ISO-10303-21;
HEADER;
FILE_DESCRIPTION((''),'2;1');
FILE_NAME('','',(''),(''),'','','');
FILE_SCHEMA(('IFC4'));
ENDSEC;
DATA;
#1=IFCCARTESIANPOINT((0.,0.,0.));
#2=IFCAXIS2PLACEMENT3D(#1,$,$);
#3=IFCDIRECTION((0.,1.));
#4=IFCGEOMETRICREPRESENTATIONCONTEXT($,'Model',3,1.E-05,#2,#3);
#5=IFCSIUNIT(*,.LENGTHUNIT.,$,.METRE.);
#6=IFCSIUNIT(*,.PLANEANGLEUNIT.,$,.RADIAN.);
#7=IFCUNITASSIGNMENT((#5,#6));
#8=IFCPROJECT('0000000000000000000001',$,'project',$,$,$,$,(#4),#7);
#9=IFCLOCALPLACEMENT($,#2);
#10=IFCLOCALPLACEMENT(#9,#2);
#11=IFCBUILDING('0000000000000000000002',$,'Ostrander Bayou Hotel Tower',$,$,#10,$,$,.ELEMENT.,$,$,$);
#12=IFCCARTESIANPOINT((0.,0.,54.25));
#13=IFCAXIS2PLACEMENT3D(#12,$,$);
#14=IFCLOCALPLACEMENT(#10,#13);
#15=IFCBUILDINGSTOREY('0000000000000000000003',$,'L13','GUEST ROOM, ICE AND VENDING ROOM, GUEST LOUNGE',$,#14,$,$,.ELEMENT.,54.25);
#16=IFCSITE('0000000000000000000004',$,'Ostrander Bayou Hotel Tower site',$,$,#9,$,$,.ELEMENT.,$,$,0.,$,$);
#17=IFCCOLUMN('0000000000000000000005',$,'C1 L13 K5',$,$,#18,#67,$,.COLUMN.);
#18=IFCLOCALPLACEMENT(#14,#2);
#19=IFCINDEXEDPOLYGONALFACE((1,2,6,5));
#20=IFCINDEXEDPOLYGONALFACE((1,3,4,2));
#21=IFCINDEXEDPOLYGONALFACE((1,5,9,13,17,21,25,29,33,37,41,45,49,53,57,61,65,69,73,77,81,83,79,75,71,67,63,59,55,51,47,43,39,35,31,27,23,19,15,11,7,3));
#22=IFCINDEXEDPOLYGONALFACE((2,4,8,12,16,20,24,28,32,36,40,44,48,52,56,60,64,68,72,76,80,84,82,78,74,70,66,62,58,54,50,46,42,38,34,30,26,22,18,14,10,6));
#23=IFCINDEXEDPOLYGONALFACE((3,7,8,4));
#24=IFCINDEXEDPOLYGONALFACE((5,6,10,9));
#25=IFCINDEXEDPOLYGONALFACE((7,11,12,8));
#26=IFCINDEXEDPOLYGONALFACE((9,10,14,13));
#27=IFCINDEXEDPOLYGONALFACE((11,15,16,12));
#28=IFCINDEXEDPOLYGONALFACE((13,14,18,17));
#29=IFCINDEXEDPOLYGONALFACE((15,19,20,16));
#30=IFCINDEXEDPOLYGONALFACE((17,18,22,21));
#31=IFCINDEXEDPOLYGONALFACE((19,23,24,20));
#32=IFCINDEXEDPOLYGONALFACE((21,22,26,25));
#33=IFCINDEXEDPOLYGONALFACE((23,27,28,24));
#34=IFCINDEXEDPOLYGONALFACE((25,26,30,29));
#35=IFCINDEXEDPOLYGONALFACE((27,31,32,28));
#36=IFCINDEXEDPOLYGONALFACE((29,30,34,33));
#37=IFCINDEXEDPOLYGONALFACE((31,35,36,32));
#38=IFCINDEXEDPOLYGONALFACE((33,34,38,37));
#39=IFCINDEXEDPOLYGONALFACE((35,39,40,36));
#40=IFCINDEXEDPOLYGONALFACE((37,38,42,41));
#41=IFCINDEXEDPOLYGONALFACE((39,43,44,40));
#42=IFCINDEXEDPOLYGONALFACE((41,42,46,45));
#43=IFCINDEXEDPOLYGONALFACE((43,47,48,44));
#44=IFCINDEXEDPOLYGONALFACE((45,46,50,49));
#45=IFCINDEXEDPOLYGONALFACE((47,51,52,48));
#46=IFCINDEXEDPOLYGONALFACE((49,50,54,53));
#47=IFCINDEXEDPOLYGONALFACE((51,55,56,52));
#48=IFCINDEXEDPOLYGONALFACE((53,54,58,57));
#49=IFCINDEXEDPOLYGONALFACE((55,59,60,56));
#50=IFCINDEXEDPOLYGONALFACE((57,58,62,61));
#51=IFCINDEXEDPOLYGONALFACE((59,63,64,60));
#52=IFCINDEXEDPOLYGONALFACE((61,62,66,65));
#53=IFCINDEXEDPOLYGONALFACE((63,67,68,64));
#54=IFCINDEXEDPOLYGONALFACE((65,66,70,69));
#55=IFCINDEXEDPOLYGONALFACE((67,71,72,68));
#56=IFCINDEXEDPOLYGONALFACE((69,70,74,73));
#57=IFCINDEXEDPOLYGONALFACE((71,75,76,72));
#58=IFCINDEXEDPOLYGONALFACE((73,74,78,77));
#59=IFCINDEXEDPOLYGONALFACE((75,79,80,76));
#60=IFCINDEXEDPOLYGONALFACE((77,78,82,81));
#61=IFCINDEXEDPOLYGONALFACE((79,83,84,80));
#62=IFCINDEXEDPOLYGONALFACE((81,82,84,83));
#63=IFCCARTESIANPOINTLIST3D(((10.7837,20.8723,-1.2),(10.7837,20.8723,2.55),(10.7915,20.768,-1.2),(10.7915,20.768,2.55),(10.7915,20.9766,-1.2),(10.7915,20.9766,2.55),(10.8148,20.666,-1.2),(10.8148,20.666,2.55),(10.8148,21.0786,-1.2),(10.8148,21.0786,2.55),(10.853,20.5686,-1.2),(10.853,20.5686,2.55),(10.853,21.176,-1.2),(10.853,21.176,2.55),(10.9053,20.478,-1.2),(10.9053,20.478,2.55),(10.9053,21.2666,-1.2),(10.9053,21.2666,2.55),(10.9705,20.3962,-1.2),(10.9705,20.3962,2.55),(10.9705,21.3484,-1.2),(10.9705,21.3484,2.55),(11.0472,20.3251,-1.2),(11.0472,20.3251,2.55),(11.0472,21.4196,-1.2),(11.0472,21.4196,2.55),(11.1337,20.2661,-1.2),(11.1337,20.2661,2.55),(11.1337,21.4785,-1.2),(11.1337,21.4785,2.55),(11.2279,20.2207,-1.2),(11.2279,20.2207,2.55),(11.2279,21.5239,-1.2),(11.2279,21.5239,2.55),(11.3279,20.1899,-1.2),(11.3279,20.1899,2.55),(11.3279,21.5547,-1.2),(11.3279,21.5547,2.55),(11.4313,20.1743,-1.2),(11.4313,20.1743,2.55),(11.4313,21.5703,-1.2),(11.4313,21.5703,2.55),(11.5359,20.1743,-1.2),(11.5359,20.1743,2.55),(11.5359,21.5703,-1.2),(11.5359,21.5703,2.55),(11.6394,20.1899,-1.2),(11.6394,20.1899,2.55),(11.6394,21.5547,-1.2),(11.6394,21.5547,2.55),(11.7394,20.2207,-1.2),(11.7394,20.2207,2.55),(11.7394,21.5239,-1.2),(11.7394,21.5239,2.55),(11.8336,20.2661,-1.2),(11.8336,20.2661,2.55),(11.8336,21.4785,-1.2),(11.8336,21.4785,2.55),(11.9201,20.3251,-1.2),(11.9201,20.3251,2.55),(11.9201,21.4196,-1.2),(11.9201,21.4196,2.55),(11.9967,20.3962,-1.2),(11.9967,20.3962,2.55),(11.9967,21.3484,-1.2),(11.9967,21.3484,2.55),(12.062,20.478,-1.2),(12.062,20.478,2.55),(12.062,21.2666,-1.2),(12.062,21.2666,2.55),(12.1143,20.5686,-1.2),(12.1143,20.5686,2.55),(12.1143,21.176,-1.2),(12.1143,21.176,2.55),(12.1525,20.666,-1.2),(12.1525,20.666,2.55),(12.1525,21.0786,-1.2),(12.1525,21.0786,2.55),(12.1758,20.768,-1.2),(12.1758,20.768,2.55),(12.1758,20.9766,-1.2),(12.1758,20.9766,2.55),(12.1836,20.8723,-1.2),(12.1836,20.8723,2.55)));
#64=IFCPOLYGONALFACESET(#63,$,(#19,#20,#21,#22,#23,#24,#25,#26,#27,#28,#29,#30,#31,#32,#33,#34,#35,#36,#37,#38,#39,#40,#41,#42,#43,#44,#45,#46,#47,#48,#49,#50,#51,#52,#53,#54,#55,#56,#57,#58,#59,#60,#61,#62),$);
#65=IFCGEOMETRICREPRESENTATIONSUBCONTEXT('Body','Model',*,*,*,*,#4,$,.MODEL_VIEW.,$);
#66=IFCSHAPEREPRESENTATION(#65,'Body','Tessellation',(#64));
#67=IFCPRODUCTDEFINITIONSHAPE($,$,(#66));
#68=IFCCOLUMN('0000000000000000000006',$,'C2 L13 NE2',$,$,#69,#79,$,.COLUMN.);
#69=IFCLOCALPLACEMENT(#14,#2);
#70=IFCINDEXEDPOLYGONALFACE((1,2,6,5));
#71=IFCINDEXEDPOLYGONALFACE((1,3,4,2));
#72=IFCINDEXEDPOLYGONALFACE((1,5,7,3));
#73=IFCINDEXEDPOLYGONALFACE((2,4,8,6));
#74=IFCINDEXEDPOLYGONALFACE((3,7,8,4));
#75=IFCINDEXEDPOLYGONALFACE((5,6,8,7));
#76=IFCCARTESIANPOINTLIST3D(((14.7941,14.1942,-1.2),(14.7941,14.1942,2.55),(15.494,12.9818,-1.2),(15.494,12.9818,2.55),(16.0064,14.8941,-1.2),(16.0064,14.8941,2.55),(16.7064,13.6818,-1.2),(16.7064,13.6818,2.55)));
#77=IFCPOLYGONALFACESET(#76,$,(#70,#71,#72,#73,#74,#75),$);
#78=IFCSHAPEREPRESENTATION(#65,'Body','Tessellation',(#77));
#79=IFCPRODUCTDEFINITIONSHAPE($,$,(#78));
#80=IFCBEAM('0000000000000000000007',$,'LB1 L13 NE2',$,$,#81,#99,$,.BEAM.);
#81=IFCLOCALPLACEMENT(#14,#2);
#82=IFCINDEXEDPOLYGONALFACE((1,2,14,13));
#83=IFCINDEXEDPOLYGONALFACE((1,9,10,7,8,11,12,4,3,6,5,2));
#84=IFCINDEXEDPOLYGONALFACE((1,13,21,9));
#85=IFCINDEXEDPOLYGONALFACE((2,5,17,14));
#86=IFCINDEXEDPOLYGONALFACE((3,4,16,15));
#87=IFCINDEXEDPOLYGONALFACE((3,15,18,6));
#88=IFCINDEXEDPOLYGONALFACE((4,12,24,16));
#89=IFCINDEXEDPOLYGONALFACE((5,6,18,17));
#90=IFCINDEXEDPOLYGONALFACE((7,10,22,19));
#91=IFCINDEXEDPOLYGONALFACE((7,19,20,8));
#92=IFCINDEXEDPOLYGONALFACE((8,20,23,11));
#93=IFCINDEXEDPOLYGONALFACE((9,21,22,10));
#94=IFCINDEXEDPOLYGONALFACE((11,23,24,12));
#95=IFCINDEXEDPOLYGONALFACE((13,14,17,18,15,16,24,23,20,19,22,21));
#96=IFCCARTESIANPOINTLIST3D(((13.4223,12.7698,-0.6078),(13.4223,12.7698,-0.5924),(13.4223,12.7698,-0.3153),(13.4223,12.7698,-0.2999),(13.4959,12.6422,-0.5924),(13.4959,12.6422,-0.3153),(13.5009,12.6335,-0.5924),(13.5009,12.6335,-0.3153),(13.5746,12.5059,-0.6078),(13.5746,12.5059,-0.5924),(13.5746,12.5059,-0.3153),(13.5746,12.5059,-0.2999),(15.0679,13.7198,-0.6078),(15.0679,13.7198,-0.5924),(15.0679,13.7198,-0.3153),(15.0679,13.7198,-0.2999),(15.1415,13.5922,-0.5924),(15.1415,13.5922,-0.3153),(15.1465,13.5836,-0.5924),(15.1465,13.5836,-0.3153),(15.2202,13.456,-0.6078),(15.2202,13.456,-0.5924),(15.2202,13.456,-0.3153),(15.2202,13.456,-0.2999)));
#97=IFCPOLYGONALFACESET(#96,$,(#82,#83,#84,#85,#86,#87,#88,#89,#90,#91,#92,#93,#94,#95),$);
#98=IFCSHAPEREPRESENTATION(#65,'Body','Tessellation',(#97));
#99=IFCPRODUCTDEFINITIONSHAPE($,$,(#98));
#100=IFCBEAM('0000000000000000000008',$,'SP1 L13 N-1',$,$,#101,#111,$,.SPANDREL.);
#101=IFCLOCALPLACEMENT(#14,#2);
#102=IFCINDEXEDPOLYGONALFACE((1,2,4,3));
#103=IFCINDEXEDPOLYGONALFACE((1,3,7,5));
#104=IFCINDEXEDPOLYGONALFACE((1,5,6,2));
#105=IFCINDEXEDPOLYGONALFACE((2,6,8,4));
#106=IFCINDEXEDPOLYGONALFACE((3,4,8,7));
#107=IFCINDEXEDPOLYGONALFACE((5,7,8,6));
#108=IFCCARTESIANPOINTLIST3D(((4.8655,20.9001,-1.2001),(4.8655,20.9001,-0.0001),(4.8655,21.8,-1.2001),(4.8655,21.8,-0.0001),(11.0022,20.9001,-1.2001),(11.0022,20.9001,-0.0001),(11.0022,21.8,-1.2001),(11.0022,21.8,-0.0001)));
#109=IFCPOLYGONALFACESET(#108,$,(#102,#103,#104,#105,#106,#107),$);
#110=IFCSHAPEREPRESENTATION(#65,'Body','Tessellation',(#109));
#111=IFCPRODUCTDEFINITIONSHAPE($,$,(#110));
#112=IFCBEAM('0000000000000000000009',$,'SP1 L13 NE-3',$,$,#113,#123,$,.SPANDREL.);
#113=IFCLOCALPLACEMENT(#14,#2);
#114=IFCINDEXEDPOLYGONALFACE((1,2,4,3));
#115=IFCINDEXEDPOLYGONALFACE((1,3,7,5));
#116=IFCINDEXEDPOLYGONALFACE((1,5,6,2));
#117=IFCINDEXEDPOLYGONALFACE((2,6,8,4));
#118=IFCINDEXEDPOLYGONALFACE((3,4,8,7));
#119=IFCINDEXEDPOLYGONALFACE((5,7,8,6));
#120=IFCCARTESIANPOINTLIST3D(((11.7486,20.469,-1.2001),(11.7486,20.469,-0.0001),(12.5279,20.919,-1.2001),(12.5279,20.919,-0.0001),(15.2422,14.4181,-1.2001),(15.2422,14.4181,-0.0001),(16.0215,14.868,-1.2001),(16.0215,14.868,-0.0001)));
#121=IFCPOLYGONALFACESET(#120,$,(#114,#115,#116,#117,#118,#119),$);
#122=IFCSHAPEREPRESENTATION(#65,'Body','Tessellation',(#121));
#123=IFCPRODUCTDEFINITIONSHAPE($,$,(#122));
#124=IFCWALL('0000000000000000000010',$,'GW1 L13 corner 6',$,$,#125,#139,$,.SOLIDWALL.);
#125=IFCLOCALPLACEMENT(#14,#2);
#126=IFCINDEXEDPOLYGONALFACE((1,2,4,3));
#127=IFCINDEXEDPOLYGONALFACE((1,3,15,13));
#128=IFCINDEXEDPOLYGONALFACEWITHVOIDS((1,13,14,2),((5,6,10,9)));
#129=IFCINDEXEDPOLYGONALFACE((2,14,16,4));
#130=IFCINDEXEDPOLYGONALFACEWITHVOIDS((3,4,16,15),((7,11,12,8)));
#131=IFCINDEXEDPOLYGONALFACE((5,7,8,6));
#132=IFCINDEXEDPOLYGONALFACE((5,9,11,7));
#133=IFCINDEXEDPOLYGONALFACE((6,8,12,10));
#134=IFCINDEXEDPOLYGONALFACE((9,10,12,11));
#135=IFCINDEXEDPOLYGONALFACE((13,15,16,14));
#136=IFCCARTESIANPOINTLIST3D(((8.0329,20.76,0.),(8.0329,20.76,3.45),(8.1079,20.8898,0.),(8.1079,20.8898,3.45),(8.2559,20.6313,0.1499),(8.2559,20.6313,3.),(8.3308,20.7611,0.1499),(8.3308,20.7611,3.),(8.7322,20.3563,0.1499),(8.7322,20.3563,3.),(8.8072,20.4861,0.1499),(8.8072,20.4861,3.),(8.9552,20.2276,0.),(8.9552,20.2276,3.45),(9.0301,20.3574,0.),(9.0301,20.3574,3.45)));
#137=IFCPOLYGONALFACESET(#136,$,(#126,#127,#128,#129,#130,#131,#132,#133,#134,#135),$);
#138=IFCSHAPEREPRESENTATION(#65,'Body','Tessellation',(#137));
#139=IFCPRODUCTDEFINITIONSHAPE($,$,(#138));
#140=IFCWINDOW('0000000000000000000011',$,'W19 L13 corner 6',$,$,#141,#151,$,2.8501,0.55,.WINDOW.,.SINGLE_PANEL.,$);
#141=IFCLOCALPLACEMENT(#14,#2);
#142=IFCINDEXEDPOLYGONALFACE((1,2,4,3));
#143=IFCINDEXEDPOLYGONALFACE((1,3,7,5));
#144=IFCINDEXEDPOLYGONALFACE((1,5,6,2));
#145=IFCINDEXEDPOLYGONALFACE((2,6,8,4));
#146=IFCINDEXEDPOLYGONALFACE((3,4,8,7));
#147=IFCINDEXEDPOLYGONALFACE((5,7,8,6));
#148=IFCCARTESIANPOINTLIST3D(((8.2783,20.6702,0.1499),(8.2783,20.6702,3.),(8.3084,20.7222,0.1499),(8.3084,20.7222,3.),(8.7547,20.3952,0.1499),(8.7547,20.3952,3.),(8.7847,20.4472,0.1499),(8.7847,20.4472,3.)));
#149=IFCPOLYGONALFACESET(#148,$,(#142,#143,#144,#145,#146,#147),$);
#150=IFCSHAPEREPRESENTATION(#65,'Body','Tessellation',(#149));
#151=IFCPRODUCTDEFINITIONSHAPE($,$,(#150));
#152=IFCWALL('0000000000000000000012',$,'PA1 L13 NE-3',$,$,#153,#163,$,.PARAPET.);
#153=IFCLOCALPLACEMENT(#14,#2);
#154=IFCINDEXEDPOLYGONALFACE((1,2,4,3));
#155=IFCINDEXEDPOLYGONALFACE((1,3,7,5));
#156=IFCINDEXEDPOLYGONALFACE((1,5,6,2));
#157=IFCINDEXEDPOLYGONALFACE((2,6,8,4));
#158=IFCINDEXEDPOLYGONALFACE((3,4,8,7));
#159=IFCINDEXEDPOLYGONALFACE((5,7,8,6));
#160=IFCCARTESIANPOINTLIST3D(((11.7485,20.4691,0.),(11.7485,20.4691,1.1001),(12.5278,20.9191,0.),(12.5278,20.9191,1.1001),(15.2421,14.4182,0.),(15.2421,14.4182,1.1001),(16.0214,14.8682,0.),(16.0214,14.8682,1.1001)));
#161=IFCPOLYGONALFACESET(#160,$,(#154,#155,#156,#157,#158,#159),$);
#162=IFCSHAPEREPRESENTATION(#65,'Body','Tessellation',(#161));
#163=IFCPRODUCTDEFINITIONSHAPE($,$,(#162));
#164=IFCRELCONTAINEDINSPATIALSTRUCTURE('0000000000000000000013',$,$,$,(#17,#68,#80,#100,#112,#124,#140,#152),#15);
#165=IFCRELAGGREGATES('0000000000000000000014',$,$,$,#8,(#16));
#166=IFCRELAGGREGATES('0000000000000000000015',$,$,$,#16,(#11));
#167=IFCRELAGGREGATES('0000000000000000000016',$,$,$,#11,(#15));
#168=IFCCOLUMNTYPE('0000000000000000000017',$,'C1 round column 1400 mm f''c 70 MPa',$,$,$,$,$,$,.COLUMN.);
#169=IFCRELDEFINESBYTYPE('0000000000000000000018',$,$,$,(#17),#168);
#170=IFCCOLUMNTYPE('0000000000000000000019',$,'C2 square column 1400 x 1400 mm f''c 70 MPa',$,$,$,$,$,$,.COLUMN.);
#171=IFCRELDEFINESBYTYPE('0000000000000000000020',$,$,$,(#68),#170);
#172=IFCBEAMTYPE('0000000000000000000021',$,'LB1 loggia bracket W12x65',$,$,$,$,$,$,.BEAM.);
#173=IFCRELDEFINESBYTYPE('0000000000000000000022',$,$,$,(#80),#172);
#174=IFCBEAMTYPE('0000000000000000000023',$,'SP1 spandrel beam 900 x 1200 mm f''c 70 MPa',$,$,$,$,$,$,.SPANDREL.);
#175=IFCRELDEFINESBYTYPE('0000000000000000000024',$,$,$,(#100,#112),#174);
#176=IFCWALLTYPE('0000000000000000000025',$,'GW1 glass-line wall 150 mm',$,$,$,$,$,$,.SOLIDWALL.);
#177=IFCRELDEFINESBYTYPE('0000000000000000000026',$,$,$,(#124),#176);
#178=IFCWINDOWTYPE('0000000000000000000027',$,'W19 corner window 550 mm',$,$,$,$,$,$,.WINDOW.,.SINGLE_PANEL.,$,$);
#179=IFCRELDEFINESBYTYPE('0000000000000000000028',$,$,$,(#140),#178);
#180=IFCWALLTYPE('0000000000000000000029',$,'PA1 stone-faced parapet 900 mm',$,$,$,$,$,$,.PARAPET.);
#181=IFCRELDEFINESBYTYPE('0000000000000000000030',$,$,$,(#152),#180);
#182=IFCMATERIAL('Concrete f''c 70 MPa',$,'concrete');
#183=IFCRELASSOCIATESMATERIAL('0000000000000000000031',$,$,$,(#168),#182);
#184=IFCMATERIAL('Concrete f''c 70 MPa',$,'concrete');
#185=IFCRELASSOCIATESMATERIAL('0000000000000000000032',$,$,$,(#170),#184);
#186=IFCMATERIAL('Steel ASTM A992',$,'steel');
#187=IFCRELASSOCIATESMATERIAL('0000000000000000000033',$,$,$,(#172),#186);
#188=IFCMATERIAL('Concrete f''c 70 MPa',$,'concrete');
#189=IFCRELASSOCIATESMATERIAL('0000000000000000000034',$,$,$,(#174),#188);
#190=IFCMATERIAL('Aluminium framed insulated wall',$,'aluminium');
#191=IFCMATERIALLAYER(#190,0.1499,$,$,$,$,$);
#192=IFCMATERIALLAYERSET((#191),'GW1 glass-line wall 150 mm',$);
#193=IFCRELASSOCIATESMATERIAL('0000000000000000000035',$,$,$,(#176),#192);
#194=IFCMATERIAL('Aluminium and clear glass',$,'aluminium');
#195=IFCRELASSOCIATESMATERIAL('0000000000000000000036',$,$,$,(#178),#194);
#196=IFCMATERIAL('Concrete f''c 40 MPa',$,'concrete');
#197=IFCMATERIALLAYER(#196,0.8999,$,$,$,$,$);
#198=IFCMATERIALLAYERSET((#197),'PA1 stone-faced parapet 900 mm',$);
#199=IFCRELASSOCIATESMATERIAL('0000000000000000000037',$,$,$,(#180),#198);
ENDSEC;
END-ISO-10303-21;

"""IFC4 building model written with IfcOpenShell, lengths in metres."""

from ifc_helpers import new_model, si_unit, direction, frame, frame_2d, origin, origin_2d, place, context, subcontext, project, spatial, rectangle, circle, i_section, extrude, material, layer, layer_set, material_profile, profile_set, type_object, element, fill, save


model = new_model("IFC4")

# Units and contexts
model_context = context("Model", 3, precision=1e-05, world=origin(), true_north=direction((0.0, 1.0)))
body_context = subcontext(model_context, "Body", "Model", "MODEL_VIEW")
ifc_project = project(units=[si_unit("LENGTHUNIT", "METRE"), si_unit("PLANEANGLEUNIT", "RADIAN")], contexts=[model_context])

# Site, building, storey
site_placement = place(None, origin())
site = spatial("IfcSite", under=ifc_project, at=site_placement, Name="Ostrander Bayou Hotel Tower site", CompositionType="ELEMENT", RefElevation=0.0)
building_placement = place(site_placement, origin())
building = spatial("IfcBuilding", under=site, at=building_placement, Name="Ostrander Bayou Hotel Tower", CompositionType="ELEMENT")
storey_placement = place(building_placement, frame((0.0, 0.0, 54.25)))
storey = spatial("IfcBuildingStorey", under=building, at=storey_placement, Name="L13", Description="GUEST ROOM, ICE AND VENDING ROOM, GUEST LOUNGE", CompositionType="ELEMENT", Elevation=54.25)

# Columns
ifc_material_1 = material(Name="Concrete f'c 70 MPa", Category="concrete")
ifc_material_profile_1 = material_profile(ifc_material_1, circle(Radius=0.7, at=origin_2d()))
ifc_profile_set_1 = profile_set([ifc_material_profile_1], Name="Concrete f'c 70 MPa")
column_type_1 = type_object("IfcColumnType", Name="C1 round column 1400 mm f'c 70 MPa", PredefinedType="COLUMN", material=ifc_profile_set_1)
column_1_placement = place(storey_placement, frame((11.4836, 20.8723, -1.2), z_axis=(0.0, 0.0, 1.0), x_axis=(1.0, 0.0, 0.0)))
element("IfcColumn", 1, at=column_1_placement, inside=storey, type_object=column_type_1, Name="C1 L13 K5", PredefinedType="COLUMN", context=body_context, shape_type="SweptSolid", body=[
    extrude(circle(Radius=0.7, at=origin_2d()), origin(), (0.0, 0.0, 1.0), 3.75),
])
ifc_material_2 = material(Name="Concrete f'c 70 MPa", Category="concrete")
ifc_material_profile_2 = material_profile(ifc_material_2, rectangle(XDim=1.3999, YDim=1.3999, at=origin_2d()))
ifc_profile_set_2 = profile_set([ifc_material_profile_2], Name="Concrete f'c 70 MPa")
column_type_2 = type_object("IfcColumnType", Name="C2 square column 1400 x 1400 mm f'c 70 MPa", PredefinedType="COLUMN", material=ifc_profile_set_2)
column_2_placement = place(storey_placement, frame((15.7502, 13.938, -1.2), z_axis=(0.0, 0.0, 1.0), x_axis=(0.5, -0.866025, 0.0)))
element("IfcColumn", 2, at=column_2_placement, inside=storey, type_object=column_type_2, Name="C2 L13 NE2", PredefinedType="COLUMN", context=body_context, shape_type="SweptSolid", body=[
    extrude(rectangle(XDim=1.3999, YDim=1.3999, at=origin_2d()), origin(), (0.0, 0.0, 1.0), 3.75),
])

# Beams
ifc_material_3 = material(Name="Steel ASTM A992", Category="steel")
ifc_material_profile_3 = material_profile(ifc_material_3, i_section(OverallWidth=0.3047, OverallDepth=0.3079, WebThickness=0.01, FlangeThickness=0.0154, at=origin_2d()))
ifc_profile_set_3 = profile_set([ifc_material_profile_3], Name="Steel ASTM A992")
beam_type_1 = type_object("IfcBeamType", Name="LB1 loggia bracket W12x65", PredefinedType="BEAM", material=ifc_profile_set_3)
beam_1_placement = place(storey_placement, frame((15.144, 13.5879, -0.4539), z_axis=(-0.866044, -0.499967, 0.0), x_axis=(0.499967, -0.866044, 0.0)))
element("IfcBeam", 3, at=beam_1_placement, inside=storey, type_object=beam_type_1, Name="LB1 L13 NE2", PredefinedType="BEAM", context=body_context, shape_type="SweptSolid", body=[
    extrude(i_section(OverallWidth=0.3047, OverallDepth=0.3079, WebThickness=0.01, FlangeThickness=0.0154, at=origin_2d()), origin(), (0.0, 0.0, 1.0), 1.9001),
])
ifc_material_4 = material(Name="Concrete f'c 70 MPa", Category="concrete")
ifc_material_profile_4 = material_profile(ifc_material_4, rectangle(XDim=0.8999, YDim=1.2, at=origin_2d()))
ifc_profile_set_4 = profile_set([ifc_material_profile_4], Name="Concrete f'c 70 MPa")
beam_type_2 = type_object("IfcBeamType", Name="SP1 spandrel beam 900 x 1200 mm f'c 70 MPa", PredefinedType="SPANDREL", material=ifc_profile_set_4)
beam_2_placement = place(storey_placement, frame((11.0022, 21.3501, -0.6001), z_axis=(-1.0, 0.0, 0.0), x_axis=(0.0, -1.0, 0.0)))
element("IfcBeam", 4, at=beam_2_placement, inside=storey, type_object=beam_type_2, Name="SP1 L13 N-1", PredefinedType="SPANDREL", context=body_context, shape_type="SweptSolid", body=[
    extrude(rectangle(XDim=0.8999, YDim=1.2, at=origin_2d()), origin(), (0.0, 0.0, 1.0), 6.1367),
])
beam_3_placement = place(storey_placement, frame((15.6318, 14.6431, -0.6001), z_axis=(-0.50001, 0.86602, 0.0), x_axis=(-0.86602, -0.50001, 0.0)))
element("IfcBeam", 5, at=beam_3_placement, inside=storey, type_object=beam_type_2, Name="SP1 L13 NE-3", PredefinedType="SPANDREL", context=body_context, shape_type="SweptSolid", body=[
    extrude(rectangle(XDim=0.8999, YDim=1.2, at=origin_2d()), origin(), (0.0, 0.0, 1.0), 6.9871),
])

# Wall, opening, window
ifc_material_5 = material(Name="Aluminium framed insulated wall", Category="aluminium")
ifc_layer_1 = layer(ifc_material_5, 0.1499)
ifc_layer_set_1 = layer_set([ifc_layer_1], Name="GW1 glass-line wall 150 mm")
wall_type_1 = type_object("IfcWallType", Name="GW1 glass-line wall 150 mm", PredefinedType="SOLIDWALL", material=ifc_layer_set_1)
wall_1_placement = place(storey_placement, frame((8.9927, 20.2925, 0.0), z_axis=(0.0, 0.0, 1.0), x_axis=(-0.866048, 0.499961, 0.0)))
wall_1 = element("IfcWall", 6, at=wall_1_placement, inside=storey, type_object=wall_type_1, Name="GW1 L13 corner 6", PredefinedType="SOLIDWALL", context=body_context, shape_type="SweptSolid", body=[
    extrude(rectangle(XDim=1.0649, YDim=0.1499, at=frame_2d((0.5325, 0.0))), origin(), (0.0, 0.0, 1.0), 3.45),
])
opening_1_placement = place(wall_1_placement, frame((0.2576, 0.0, 0.1499)))
opening_1 = element("IfcOpeningElement", 7, at=opening_1_placement, cuts=wall_1, PredefinedType="OPENING", context=body_context, shape_type="SweptSolid", body=[
    extrude(rectangle(XDim=0.55, YDim=2.8501, at=frame_2d((0.2749, 1.425))), frame((0.0, 0.075, 0.0), z_axis=(0.0, -1.0, 0.0), x_axis=(1.0, 0.0, 0.0)), (0.0, 0.0, 1.0), 0.1499),
])
ifc_material_6 = material(Name="Aluminium and clear glass", Category="aluminium")
window_type_1 = type_object("IfcWindowType", Name="W19 corner window 550 mm", PartitioningType="SINGLE_PANEL", PredefinedType="WINDOW", material=ifc_material_6)
window_1_placement = place(opening_1_placement, origin())
window_1 = element("IfcWindow", 8, at=window_1_placement, inside=storey, type_object=window_type_1, Name="W19 L13 corner 6", OverallHeight=2.8501, OverallWidth=0.55, PartitioningType="SINGLE_PANEL", PredefinedType="WINDOW", context=body_context, shape_type="SweptSolid", body=[
    extrude(rectangle(XDim=0.55, YDim=2.8501, at=frame_2d((0.2749, 1.425))), frame((0.0, 0.03, 0.0), z_axis=(0.0, -1.0, 0.0), x_axis=(1.0, 0.0, 0.0)), (0.0, 0.0, 1.0), 0.0601),
])
fill(opening_1, window_1)

# Wall
ifc_material_7 = material(Name="Concrete f'c 40 MPa", Category="concrete")
ifc_layer_2 = layer(ifc_material_7, 0.8999)
ifc_layer_set_2 = layer_set([ifc_layer_2], Name="PA1 stone-faced parapet 900 mm")
wall_type_2 = type_object("IfcWallType", Name="PA1 stone-faced parapet 900 mm", PredefinedType="PARAPET", material=ifc_layer_set_2)
wall_2_placement = place(storey_placement, frame((15.6318, 14.6431, 0.0), z_axis=(0.0, 0.0, 1.0), x_axis=(-0.50001, 0.86602, 0.0)))
element("IfcWall", 9, at=wall_2_placement, inside=storey, type_object=wall_type_2, Name="PA1 L13 NE-3", PredefinedType="PARAPET", context=body_context, shape_type="SweptSolid", body=[
    extrude(rectangle(XDim=6.9871, YDim=0.8999, at=frame_2d((3.4937, 0.0))), origin(), (0.0, 0.0, 1.0), 1.1001),
])

save(model, "model.ifc")
